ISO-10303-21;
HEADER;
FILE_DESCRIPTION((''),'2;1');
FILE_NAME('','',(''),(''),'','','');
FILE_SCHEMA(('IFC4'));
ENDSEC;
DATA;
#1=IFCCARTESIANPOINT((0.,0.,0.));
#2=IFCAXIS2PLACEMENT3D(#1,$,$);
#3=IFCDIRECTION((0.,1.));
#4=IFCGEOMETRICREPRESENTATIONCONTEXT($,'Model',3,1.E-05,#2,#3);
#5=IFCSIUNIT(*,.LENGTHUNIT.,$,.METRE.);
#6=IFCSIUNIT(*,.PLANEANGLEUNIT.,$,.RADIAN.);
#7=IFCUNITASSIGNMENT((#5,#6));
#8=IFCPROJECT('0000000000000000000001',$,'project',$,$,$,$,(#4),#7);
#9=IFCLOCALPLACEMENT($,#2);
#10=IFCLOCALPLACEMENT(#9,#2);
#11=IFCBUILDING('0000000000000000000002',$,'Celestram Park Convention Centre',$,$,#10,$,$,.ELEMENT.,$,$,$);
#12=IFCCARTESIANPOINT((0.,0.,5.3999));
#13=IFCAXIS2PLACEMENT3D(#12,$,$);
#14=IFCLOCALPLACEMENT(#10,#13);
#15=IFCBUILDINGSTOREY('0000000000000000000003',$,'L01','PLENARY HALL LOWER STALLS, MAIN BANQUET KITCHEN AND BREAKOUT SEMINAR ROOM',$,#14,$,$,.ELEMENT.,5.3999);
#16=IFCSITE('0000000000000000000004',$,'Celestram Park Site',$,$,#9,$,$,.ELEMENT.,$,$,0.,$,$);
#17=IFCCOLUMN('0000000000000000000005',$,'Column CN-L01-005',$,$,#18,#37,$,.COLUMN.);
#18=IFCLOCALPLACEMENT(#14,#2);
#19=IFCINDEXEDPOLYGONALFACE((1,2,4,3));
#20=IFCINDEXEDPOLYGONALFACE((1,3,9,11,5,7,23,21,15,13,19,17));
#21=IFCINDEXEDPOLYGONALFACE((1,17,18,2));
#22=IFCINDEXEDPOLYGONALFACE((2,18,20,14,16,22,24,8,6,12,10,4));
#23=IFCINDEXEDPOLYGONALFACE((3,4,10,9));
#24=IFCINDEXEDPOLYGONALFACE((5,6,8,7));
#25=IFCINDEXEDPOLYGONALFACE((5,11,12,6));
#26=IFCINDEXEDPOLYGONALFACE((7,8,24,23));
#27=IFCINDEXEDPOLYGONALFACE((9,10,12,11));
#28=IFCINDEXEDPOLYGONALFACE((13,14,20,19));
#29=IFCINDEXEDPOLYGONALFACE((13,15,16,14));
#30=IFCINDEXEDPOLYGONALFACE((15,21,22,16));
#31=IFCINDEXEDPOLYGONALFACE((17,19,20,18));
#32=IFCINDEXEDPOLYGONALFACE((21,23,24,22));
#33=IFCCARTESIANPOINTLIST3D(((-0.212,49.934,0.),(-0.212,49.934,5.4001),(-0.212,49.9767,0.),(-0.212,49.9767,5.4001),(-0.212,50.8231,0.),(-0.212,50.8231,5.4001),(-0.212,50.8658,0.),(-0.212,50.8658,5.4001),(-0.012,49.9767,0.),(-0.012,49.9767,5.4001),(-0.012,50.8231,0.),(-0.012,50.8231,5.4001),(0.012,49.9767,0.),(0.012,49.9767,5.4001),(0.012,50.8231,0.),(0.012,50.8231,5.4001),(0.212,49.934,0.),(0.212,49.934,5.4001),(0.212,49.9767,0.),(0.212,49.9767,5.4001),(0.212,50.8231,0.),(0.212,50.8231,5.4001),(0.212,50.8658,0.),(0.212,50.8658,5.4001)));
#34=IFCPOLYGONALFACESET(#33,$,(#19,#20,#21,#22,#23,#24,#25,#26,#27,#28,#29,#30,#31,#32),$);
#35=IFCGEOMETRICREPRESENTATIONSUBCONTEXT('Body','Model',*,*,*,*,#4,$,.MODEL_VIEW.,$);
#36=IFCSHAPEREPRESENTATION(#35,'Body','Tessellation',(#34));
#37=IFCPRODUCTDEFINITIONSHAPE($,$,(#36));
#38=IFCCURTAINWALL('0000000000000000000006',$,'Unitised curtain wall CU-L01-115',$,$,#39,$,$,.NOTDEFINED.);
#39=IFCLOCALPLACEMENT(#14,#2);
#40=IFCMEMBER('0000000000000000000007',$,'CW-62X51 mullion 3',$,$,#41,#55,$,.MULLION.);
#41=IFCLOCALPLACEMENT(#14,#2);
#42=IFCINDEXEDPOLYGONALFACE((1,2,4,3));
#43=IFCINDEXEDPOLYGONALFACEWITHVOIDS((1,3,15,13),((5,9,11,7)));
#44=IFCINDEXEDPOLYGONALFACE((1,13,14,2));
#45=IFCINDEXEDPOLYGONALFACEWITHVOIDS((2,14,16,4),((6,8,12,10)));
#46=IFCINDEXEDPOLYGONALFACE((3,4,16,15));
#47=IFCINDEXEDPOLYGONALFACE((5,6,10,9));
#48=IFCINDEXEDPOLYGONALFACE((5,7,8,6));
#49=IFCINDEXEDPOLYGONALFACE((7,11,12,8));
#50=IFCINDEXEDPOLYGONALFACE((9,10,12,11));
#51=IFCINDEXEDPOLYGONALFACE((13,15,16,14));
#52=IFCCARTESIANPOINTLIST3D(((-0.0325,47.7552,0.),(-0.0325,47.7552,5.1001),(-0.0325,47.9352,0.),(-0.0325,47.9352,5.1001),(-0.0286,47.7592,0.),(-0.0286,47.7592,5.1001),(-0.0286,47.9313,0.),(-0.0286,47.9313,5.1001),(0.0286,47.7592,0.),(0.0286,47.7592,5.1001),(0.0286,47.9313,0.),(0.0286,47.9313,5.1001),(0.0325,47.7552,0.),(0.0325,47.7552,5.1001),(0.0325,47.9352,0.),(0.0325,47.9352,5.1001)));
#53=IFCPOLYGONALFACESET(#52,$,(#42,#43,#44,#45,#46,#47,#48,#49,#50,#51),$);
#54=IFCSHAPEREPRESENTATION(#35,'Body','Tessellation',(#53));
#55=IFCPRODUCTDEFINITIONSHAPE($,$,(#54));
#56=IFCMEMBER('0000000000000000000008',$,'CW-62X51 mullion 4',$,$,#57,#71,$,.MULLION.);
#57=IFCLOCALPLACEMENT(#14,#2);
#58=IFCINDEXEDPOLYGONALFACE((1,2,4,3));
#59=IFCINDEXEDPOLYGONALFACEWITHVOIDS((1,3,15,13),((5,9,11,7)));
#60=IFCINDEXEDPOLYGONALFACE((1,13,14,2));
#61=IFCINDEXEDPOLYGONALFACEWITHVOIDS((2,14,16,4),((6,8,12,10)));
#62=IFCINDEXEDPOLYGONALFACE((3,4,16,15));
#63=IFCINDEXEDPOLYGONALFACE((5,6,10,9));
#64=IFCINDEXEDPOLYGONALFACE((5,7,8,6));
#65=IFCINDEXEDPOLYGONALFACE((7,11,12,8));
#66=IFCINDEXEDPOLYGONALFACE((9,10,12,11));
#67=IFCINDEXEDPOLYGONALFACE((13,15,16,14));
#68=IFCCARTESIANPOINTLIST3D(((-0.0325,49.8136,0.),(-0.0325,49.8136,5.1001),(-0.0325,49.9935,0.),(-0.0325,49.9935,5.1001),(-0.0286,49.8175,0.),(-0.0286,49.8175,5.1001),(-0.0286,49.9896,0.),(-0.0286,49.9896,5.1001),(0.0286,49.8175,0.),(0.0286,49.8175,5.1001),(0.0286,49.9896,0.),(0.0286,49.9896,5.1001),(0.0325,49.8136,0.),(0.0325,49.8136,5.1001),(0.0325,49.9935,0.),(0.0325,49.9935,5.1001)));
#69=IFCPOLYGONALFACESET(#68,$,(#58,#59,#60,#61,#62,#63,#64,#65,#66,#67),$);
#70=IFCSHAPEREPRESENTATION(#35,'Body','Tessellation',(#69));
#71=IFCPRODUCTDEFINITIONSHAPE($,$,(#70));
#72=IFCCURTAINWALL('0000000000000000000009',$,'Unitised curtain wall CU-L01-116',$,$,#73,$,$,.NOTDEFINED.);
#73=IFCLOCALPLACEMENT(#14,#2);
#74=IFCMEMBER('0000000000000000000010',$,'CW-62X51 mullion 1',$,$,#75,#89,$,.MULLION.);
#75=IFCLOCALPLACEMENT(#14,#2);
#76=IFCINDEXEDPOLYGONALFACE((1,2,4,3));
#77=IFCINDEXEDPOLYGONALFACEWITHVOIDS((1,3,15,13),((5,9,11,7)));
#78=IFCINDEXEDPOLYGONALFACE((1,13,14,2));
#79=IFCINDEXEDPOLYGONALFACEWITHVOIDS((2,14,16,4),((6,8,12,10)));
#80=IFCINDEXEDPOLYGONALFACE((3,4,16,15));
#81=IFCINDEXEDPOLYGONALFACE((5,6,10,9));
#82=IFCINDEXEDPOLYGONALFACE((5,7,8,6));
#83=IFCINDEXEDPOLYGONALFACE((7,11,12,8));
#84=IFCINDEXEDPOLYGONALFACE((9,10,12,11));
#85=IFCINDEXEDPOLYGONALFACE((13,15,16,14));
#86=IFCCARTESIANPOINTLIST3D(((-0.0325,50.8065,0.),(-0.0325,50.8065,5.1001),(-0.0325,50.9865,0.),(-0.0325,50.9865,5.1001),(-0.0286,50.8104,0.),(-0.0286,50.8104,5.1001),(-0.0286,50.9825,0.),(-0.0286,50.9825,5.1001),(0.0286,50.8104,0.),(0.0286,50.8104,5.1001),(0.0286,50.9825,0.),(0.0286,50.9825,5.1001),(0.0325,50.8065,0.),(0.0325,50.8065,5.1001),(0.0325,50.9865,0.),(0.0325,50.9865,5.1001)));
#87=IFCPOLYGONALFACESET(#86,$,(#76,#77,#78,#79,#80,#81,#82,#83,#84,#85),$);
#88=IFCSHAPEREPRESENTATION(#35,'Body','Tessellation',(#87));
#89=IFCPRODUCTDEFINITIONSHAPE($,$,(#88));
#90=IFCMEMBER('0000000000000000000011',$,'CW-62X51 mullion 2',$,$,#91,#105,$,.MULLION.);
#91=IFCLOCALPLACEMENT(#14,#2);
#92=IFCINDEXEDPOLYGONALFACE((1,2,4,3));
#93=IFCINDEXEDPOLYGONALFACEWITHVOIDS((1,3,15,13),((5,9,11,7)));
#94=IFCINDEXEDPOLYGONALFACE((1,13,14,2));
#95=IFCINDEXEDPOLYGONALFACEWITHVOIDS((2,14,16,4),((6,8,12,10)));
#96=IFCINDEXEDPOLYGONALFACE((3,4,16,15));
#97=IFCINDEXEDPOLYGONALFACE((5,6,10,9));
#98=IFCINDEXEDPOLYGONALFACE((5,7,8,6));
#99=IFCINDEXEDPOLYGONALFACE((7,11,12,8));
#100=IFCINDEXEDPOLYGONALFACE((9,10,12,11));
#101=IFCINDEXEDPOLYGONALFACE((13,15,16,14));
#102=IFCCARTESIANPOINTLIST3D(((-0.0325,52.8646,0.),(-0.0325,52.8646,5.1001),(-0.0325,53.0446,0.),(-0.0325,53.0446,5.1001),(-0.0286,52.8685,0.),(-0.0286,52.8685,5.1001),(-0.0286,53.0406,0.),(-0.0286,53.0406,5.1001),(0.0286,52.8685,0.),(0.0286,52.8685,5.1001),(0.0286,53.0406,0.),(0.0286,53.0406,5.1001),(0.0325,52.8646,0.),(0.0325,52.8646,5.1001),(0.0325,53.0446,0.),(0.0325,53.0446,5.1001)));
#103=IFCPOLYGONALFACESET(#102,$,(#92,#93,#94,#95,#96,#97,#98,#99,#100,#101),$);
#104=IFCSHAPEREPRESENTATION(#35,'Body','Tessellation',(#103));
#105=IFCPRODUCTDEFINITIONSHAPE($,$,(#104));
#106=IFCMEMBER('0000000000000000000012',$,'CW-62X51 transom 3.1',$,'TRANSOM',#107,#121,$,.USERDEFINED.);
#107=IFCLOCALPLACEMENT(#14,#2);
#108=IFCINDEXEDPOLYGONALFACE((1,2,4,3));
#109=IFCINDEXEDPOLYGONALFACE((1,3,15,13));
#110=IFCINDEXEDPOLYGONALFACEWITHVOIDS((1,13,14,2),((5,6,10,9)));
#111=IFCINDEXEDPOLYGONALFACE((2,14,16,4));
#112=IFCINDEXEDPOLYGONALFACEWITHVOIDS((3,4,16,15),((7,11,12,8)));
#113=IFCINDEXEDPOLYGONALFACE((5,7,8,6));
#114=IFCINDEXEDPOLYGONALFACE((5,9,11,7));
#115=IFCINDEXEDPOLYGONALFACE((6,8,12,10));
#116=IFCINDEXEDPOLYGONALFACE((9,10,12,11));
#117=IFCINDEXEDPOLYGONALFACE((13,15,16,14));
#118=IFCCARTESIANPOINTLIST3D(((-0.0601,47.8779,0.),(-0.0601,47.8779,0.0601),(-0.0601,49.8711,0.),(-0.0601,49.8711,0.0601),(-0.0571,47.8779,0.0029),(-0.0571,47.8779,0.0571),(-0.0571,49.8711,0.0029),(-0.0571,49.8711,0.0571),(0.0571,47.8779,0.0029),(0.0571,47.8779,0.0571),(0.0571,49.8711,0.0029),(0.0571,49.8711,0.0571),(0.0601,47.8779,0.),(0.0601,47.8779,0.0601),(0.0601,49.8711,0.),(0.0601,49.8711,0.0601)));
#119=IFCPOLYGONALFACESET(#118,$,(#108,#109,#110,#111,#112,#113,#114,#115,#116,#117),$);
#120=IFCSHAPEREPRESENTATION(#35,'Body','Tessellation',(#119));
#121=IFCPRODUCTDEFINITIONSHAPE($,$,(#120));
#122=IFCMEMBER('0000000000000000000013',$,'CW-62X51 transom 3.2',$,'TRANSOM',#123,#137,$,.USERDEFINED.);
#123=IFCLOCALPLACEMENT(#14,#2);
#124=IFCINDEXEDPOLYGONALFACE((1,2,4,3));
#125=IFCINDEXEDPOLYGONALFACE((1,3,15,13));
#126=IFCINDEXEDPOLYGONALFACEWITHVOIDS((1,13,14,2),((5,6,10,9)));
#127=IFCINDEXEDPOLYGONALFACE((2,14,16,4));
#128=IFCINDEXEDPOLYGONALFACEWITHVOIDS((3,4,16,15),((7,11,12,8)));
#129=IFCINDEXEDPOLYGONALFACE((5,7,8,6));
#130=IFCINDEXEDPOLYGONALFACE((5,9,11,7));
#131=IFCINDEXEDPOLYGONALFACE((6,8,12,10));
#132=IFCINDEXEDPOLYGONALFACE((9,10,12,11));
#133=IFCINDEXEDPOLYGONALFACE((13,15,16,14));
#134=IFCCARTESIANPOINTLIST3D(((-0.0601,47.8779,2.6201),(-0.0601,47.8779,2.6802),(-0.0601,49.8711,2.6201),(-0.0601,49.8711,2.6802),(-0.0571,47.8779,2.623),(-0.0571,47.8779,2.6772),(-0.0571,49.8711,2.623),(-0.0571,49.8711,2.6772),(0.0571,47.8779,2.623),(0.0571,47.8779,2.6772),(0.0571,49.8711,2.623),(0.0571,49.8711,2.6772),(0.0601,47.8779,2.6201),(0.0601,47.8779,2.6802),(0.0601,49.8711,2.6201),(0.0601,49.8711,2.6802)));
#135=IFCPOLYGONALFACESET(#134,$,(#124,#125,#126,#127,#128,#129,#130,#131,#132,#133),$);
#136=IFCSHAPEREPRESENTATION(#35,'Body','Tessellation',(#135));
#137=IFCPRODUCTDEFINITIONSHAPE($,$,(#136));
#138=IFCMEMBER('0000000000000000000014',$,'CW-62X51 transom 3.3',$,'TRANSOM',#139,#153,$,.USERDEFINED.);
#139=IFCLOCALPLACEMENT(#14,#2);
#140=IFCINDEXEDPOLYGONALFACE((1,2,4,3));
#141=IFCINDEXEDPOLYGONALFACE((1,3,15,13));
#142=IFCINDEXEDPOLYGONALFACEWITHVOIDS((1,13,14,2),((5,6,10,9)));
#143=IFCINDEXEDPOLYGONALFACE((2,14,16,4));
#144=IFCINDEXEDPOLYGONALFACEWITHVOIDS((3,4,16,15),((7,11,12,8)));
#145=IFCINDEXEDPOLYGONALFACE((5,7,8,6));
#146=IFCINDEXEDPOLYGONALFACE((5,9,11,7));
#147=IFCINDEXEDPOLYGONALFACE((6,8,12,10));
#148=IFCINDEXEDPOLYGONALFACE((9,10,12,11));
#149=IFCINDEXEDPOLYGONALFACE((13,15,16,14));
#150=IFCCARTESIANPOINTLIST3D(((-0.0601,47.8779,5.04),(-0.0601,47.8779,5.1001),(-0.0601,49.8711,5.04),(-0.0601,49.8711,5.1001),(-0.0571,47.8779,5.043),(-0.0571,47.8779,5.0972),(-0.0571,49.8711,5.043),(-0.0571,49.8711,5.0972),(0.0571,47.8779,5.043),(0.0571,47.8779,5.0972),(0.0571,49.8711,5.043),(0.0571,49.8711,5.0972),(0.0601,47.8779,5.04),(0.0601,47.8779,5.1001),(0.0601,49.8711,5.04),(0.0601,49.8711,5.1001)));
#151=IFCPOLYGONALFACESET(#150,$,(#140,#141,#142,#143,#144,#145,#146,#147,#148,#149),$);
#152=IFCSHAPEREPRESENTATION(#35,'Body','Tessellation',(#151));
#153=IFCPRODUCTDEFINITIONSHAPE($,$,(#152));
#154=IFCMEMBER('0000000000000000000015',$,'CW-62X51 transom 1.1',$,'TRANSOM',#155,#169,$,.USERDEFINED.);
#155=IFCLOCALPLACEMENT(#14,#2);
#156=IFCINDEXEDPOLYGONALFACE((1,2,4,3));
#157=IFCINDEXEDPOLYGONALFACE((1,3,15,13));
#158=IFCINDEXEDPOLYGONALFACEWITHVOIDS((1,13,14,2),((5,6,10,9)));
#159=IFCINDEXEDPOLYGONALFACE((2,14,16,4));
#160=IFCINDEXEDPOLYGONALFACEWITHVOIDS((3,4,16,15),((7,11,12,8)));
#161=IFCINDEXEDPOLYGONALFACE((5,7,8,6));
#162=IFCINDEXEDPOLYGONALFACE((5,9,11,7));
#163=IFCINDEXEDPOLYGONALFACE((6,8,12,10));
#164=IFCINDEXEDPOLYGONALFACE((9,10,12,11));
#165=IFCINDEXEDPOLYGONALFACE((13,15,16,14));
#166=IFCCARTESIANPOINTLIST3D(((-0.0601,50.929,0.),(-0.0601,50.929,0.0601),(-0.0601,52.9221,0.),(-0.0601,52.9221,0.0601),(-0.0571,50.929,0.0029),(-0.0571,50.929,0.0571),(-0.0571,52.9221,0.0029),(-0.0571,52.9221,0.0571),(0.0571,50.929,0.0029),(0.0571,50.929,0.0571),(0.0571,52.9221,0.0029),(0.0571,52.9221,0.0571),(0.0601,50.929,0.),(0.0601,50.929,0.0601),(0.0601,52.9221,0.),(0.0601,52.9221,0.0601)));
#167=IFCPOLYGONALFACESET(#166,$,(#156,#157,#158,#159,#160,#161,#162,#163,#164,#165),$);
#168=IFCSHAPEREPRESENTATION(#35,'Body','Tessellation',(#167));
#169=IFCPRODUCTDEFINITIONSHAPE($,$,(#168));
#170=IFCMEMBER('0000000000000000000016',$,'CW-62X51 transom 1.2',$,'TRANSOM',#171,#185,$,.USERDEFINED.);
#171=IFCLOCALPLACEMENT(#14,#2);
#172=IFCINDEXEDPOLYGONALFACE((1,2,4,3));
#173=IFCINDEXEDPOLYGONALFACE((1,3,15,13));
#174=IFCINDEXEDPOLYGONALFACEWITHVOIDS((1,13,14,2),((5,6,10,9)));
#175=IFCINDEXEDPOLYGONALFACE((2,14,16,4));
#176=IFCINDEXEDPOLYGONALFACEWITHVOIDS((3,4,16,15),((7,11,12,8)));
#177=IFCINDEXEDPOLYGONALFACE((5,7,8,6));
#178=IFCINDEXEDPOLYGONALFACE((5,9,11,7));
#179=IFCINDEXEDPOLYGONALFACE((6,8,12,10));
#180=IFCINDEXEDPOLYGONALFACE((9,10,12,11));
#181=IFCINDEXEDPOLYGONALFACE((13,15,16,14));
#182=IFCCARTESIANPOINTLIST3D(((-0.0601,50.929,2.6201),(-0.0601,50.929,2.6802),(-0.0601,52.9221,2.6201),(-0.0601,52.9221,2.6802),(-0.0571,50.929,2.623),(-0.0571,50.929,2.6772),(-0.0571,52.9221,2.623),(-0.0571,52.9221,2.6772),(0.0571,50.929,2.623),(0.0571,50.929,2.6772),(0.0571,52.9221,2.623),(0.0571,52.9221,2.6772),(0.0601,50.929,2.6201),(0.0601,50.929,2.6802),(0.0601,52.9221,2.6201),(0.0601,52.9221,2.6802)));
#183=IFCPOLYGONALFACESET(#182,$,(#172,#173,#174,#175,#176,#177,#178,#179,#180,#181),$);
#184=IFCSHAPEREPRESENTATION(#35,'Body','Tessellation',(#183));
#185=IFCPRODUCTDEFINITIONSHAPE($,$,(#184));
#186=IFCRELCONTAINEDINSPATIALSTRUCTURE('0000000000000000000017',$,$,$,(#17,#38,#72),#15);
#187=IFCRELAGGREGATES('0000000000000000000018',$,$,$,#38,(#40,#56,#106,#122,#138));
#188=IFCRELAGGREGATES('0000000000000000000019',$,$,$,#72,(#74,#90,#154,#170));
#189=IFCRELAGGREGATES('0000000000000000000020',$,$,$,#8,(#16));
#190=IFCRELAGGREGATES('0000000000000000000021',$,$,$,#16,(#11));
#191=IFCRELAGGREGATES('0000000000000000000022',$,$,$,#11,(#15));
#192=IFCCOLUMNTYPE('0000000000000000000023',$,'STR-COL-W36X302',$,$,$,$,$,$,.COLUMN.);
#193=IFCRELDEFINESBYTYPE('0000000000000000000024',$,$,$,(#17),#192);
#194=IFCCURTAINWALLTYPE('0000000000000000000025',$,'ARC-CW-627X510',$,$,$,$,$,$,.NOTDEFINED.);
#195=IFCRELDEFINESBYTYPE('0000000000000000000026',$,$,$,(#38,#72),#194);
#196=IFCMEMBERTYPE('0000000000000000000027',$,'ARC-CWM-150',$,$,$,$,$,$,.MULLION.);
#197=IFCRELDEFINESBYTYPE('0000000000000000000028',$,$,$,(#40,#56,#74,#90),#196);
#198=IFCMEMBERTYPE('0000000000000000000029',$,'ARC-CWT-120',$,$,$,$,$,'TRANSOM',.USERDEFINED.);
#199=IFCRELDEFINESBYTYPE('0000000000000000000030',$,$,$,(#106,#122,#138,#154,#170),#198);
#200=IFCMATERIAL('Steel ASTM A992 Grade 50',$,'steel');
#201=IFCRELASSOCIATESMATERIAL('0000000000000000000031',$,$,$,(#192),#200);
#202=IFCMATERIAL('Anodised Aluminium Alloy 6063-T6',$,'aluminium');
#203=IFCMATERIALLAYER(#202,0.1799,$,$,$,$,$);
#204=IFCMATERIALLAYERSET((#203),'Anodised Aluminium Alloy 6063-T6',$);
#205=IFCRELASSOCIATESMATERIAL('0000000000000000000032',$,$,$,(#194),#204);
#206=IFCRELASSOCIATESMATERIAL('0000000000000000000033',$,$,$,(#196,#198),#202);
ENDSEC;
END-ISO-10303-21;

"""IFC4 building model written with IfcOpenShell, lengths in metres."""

from ifc_helpers import new_model, si_unit, direction, frame, origin, origin_2d, place, context, subcontext, project, spatial, hollow_rectangle, i_section, extrude, material, layer, layer_set, material_profile, profile_set, type_object, element, aggregate, save


model = new_model("IFC4")

# Units and contexts
model_context = context("Model", 3, precision=1e-05, world=origin(), true_north=direction((0.0, 1.0)))
body_context = subcontext(model_context, "Body", "Model", "MODEL_VIEW")
ifc_project = project(units=[si_unit("LENGTHUNIT", "METRE"), si_unit("PLANEANGLEUNIT", "RADIAN")], contexts=[model_context])

# Site, building, storey
site_placement = place(None, origin())
site = spatial("IfcSite", under=ifc_project, at=site_placement, Name="Celestram Park Site", CompositionType="ELEMENT", RefElevation=0.0)
building_placement = place(site_placement, origin())
building = spatial("IfcBuilding", under=site, at=building_placement, Name="Celestram Park Convention Centre", CompositionType="ELEMENT")
storey_placement = place(building_placement, frame((0.0, 0.0, 5.3999)))
storey = spatial("IfcBuildingStorey", under=building, at=storey_placement, Name="L01", Description="PLENARY HALL LOWER STALLS, MAIN BANQUET KITCHEN AND BREAKOUT SEMINAR ROOM", CompositionType="ELEMENT", Elevation=5.3999)

# Column
ifc_material_1 = material(Name="Steel ASTM A992 Grade 50", Category="steel")
ifc_material_profile_1 = material_profile(ifc_material_1, i_section(OverallWidth=0.4241, OverallDepth=0.9319, WebThickness=0.0239, FlangeThickness=0.0427, at=origin_2d()), Name="W36X302")
ifc_profile_set_1 = profile_set([ifc_material_profile_1], Name="Steel ASTM A992 Grade 50")
column_type = type_object("IfcColumnType", Name="STR-COL-W36X302", PredefinedType="COLUMN", material=ifc_profile_set_1)
column_placement = place(storey_placement, frame((0.0, 50.3999, 0.0), z_axis=(0.0, 0.0, 1.0), x_axis=(1.0, 0.0, 0.0)))
element("IfcColumn", 1, at=column_placement, inside=storey, type_object=column_type, Name="Column CN-L01-005", PredefinedType="COLUMN", context=body_context, shape_type="SweptSolid", body=[
    extrude(i_section(OverallWidth=0.4241, OverallDepth=0.9319, WebThickness=0.0239, FlangeThickness=0.0427, at=origin_2d()), origin(), (0.0, 0.0, 1.0), 5.4001),
])

# Curtain walls, members
ifc_material_2 = material(Name="Anodised Aluminium Alloy 6063-T6", Category="aluminium")
ifc_layer_1 = layer(ifc_material_2, 0.1799)
ifc_layer_set_1 = layer_set([ifc_layer_1], Name="Anodised Aluminium Alloy 6063-T6")
curtain_wall_type = type_object("IfcCurtainWallType", Name="ARC-CW-627X510", PredefinedType="NOTDEFINED", material=ifc_layer_set_1)
curtain_wall_1_placement = place(storey_placement, origin())
curtain_wall_1 = element("IfcCurtainWall", 2, at=curtain_wall_1_placement, inside=storey, type_object=curtain_wall_type, Name="Unitised curtain wall CU-L01-115", PredefinedType="NOTDEFINED")
ifc_material_profile_2 = material_profile(ifc_material_2, hollow_rectangle(XDim=0.0649, YDim=0.1799, WallThickness=0.0039, at=origin_2d()), Name="ALU65X180X4")
ifc_profile_set_2 = profile_set([ifc_material_profile_2], Name="Anodised Aluminium Alloy 6063-T6")
member_type_1 = type_object("IfcMemberType", Name="ARC-CWM-150", PredefinedType="MULLION", material=ifc_profile_set_2)
member_1_placement = place(storey_placement, frame((0.0, 47.8452, 0.0), z_axis=(0.0, 0.0, 1.0), x_axis=(-1.0, 0.0, 0.0)))
member_1 = element("IfcMember", 3, at=member_1_placement, type_object=member_type_1, Name="CW-62X51 mullion 3", PredefinedType="MULLION", context=body_context, shape_type="SweptSolid", body=[
    extrude(hollow_rectangle(XDim=0.0649, YDim=0.1799, WallThickness=0.0039, at=origin_2d()), origin(), (0.0, 0.0, 1.0), 5.1001),
])
member_2_placement = place(storey_placement, frame((0.0, 49.9036, 0.0), z_axis=(0.0, 0.0, 1.0), x_axis=(-1.0, 0.0, 0.0)))
member_2 = element("IfcMember", 4, at=member_2_placement, type_object=member_type_1, Name="CW-62X51 mullion 4", PredefinedType="MULLION", context=body_context, shape_type="SweptSolid", body=[
    extrude(hollow_rectangle(XDim=0.0649, YDim=0.1799, WallThickness=0.0039, at=origin_2d()), origin(), (0.0, 0.0, 1.0), 5.1001),
])
curtain_wall_2_placement = place(storey_placement, origin())
curtain_wall_2 = element("IfcCurtainWall", 5, at=curtain_wall_2_placement, inside=storey, type_object=curtain_wall_type, Name="Unitised curtain wall CU-L01-116", PredefinedType="NOTDEFINED")
member_3_placement = place(storey_placement, frame((0.0, 50.8965, 0.0), z_axis=(0.0, 0.0, 1.0), x_axis=(-1.0, 0.0, 0.0)))
member_3 = element("IfcMember", 6, at=member_3_placement, type_object=member_type_1, Name="CW-62X51 mullion 1", PredefinedType="MULLION", context=body_context, shape_type="SweptSolid", body=[
    extrude(hollow_rectangle(XDim=0.0649, YDim=0.1799, WallThickness=0.0039, at=origin_2d()), origin(), (0.0, 0.0, 1.0), 5.1001),
])
member_4_placement = place(storey_placement, frame((0.0, 52.9546, 0.0), z_axis=(0.0, 0.0, 1.0), x_axis=(-1.0, 0.0, 0.0)))
member_4 = element("IfcMember", 7, at=member_4_placement, type_object=member_type_1, Name="CW-62X51 mullion 2", PredefinedType="MULLION", context=body_context, shape_type="SweptSolid", body=[
    extrude(hollow_rectangle(XDim=0.0649, YDim=0.1799, WallThickness=0.0039, at=origin_2d()), origin(), (0.0, 0.0, 1.0), 5.1001),
])

# Members
ifc_material_profile_3 = material_profile(ifc_material_2, hollow_rectangle(XDim=0.1201, YDim=0.0601, WallThickness=0.0029, at=origin_2d()), Name="ALU120X60X3")
ifc_profile_set_3 = profile_set([ifc_material_profile_3], Name="Anodised Aluminium Alloy 6063-T6")
member_type_2 = type_object("IfcMemberType", Name="ARC-CWT-120", ElementType="TRANSOM", PredefinedType="USERDEFINED", material=ifc_profile_set_3)
member_5_placement = place(storey_placement, frame((0.0, 47.8779, 0.03), z_axis=(0.0, 1.0, 0.0), x_axis=(-1.0, 0.0, 0.0)))
member_5 = element("IfcMember", 8, at=member_5_placement, type_object=member_type_2, Name="CW-62X51 transom 3.1", ObjectType="TRANSOM", PredefinedType="USERDEFINED", context=body_context, shape_type="SweptSolid", body=[
    extrude(hollow_rectangle(XDim=0.1201, YDim=0.0601, WallThickness=0.0029, at=origin_2d()), origin(), (0.0, 0.0, 1.0), 1.9932),
])
member_6_placement = place(storey_placement, frame((0.0, 47.8779, 2.6501), z_axis=(0.0, 1.0, 0.0), x_axis=(-1.0, 0.0, 0.0)))
member_6 = element("IfcMember", 9, at=member_6_placement, type_object=member_type_2, Name="CW-62X51 transom 3.2", ObjectType="TRANSOM", PredefinedType="USERDEFINED", context=body_context, shape_type="SweptSolid", body=[
    extrude(hollow_rectangle(XDim=0.1201, YDim=0.0601, WallThickness=0.0029, at=origin_2d()), origin(), (0.0, 0.0, 1.0), 1.9932),
])
member_7_placement = place(storey_placement, frame((0.0, 47.8779, 5.0701), z_axis=(0.0, 1.0, 0.0), x_axis=(-1.0, 0.0, 0.0)))
member_7 = element("IfcMember", 10, at=member_7_placement, type_object=member_type_2, Name="CW-62X51 transom 3.3", ObjectType="TRANSOM", PredefinedType="USERDEFINED", context=body_context, shape_type="SweptSolid", body=[
    extrude(hollow_rectangle(XDim=0.1201, YDim=0.0601, WallThickness=0.0029, at=origin_2d()), origin(), (0.0, 0.0, 1.0), 1.9932),
])
member_8_placement = place(storey_placement, frame((0.0, 50.929, 0.03), z_axis=(0.0, 1.0, 0.0), x_axis=(-1.0, 0.0, 0.0)))
member_8 = element("IfcMember", 11, at=member_8_placement, type_object=member_type_2, Name="CW-62X51 transom 1.1", ObjectType="TRANSOM", PredefinedType="USERDEFINED", context=body_context, shape_type="SweptSolid", body=[
    extrude(hollow_rectangle(XDim=0.1201, YDim=0.0601, WallThickness=0.0029, at=origin_2d()), origin(), (0.0, 0.0, 1.0), 1.9932),
])
member_9_placement = place(storey_placement, frame((0.0, 50.929, 2.6501), z_axis=(0.0, 1.0, 0.0), x_axis=(-1.0, 0.0, 0.0)))
member_9 = element("IfcMember", 12, at=member_9_placement, type_object=member_type_2, Name="CW-62X51 transom 1.2", ObjectType="TRANSOM", PredefinedType="USERDEFINED", context=body_context, shape_type="SweptSolid", body=[
    extrude(hollow_rectangle(XDim=0.1201, YDim=0.0601, WallThickness=0.0029, at=origin_2d()), origin(), (0.0, 0.0, 1.0), 1.9932),
])

aggregate(curtain_wall_1, [member_1, member_2, member_5, member_6, member_7])
aggregate(curtain_wall_2, [member_3, member_4, member_8, member_9])

save(model, "model.ifc")
